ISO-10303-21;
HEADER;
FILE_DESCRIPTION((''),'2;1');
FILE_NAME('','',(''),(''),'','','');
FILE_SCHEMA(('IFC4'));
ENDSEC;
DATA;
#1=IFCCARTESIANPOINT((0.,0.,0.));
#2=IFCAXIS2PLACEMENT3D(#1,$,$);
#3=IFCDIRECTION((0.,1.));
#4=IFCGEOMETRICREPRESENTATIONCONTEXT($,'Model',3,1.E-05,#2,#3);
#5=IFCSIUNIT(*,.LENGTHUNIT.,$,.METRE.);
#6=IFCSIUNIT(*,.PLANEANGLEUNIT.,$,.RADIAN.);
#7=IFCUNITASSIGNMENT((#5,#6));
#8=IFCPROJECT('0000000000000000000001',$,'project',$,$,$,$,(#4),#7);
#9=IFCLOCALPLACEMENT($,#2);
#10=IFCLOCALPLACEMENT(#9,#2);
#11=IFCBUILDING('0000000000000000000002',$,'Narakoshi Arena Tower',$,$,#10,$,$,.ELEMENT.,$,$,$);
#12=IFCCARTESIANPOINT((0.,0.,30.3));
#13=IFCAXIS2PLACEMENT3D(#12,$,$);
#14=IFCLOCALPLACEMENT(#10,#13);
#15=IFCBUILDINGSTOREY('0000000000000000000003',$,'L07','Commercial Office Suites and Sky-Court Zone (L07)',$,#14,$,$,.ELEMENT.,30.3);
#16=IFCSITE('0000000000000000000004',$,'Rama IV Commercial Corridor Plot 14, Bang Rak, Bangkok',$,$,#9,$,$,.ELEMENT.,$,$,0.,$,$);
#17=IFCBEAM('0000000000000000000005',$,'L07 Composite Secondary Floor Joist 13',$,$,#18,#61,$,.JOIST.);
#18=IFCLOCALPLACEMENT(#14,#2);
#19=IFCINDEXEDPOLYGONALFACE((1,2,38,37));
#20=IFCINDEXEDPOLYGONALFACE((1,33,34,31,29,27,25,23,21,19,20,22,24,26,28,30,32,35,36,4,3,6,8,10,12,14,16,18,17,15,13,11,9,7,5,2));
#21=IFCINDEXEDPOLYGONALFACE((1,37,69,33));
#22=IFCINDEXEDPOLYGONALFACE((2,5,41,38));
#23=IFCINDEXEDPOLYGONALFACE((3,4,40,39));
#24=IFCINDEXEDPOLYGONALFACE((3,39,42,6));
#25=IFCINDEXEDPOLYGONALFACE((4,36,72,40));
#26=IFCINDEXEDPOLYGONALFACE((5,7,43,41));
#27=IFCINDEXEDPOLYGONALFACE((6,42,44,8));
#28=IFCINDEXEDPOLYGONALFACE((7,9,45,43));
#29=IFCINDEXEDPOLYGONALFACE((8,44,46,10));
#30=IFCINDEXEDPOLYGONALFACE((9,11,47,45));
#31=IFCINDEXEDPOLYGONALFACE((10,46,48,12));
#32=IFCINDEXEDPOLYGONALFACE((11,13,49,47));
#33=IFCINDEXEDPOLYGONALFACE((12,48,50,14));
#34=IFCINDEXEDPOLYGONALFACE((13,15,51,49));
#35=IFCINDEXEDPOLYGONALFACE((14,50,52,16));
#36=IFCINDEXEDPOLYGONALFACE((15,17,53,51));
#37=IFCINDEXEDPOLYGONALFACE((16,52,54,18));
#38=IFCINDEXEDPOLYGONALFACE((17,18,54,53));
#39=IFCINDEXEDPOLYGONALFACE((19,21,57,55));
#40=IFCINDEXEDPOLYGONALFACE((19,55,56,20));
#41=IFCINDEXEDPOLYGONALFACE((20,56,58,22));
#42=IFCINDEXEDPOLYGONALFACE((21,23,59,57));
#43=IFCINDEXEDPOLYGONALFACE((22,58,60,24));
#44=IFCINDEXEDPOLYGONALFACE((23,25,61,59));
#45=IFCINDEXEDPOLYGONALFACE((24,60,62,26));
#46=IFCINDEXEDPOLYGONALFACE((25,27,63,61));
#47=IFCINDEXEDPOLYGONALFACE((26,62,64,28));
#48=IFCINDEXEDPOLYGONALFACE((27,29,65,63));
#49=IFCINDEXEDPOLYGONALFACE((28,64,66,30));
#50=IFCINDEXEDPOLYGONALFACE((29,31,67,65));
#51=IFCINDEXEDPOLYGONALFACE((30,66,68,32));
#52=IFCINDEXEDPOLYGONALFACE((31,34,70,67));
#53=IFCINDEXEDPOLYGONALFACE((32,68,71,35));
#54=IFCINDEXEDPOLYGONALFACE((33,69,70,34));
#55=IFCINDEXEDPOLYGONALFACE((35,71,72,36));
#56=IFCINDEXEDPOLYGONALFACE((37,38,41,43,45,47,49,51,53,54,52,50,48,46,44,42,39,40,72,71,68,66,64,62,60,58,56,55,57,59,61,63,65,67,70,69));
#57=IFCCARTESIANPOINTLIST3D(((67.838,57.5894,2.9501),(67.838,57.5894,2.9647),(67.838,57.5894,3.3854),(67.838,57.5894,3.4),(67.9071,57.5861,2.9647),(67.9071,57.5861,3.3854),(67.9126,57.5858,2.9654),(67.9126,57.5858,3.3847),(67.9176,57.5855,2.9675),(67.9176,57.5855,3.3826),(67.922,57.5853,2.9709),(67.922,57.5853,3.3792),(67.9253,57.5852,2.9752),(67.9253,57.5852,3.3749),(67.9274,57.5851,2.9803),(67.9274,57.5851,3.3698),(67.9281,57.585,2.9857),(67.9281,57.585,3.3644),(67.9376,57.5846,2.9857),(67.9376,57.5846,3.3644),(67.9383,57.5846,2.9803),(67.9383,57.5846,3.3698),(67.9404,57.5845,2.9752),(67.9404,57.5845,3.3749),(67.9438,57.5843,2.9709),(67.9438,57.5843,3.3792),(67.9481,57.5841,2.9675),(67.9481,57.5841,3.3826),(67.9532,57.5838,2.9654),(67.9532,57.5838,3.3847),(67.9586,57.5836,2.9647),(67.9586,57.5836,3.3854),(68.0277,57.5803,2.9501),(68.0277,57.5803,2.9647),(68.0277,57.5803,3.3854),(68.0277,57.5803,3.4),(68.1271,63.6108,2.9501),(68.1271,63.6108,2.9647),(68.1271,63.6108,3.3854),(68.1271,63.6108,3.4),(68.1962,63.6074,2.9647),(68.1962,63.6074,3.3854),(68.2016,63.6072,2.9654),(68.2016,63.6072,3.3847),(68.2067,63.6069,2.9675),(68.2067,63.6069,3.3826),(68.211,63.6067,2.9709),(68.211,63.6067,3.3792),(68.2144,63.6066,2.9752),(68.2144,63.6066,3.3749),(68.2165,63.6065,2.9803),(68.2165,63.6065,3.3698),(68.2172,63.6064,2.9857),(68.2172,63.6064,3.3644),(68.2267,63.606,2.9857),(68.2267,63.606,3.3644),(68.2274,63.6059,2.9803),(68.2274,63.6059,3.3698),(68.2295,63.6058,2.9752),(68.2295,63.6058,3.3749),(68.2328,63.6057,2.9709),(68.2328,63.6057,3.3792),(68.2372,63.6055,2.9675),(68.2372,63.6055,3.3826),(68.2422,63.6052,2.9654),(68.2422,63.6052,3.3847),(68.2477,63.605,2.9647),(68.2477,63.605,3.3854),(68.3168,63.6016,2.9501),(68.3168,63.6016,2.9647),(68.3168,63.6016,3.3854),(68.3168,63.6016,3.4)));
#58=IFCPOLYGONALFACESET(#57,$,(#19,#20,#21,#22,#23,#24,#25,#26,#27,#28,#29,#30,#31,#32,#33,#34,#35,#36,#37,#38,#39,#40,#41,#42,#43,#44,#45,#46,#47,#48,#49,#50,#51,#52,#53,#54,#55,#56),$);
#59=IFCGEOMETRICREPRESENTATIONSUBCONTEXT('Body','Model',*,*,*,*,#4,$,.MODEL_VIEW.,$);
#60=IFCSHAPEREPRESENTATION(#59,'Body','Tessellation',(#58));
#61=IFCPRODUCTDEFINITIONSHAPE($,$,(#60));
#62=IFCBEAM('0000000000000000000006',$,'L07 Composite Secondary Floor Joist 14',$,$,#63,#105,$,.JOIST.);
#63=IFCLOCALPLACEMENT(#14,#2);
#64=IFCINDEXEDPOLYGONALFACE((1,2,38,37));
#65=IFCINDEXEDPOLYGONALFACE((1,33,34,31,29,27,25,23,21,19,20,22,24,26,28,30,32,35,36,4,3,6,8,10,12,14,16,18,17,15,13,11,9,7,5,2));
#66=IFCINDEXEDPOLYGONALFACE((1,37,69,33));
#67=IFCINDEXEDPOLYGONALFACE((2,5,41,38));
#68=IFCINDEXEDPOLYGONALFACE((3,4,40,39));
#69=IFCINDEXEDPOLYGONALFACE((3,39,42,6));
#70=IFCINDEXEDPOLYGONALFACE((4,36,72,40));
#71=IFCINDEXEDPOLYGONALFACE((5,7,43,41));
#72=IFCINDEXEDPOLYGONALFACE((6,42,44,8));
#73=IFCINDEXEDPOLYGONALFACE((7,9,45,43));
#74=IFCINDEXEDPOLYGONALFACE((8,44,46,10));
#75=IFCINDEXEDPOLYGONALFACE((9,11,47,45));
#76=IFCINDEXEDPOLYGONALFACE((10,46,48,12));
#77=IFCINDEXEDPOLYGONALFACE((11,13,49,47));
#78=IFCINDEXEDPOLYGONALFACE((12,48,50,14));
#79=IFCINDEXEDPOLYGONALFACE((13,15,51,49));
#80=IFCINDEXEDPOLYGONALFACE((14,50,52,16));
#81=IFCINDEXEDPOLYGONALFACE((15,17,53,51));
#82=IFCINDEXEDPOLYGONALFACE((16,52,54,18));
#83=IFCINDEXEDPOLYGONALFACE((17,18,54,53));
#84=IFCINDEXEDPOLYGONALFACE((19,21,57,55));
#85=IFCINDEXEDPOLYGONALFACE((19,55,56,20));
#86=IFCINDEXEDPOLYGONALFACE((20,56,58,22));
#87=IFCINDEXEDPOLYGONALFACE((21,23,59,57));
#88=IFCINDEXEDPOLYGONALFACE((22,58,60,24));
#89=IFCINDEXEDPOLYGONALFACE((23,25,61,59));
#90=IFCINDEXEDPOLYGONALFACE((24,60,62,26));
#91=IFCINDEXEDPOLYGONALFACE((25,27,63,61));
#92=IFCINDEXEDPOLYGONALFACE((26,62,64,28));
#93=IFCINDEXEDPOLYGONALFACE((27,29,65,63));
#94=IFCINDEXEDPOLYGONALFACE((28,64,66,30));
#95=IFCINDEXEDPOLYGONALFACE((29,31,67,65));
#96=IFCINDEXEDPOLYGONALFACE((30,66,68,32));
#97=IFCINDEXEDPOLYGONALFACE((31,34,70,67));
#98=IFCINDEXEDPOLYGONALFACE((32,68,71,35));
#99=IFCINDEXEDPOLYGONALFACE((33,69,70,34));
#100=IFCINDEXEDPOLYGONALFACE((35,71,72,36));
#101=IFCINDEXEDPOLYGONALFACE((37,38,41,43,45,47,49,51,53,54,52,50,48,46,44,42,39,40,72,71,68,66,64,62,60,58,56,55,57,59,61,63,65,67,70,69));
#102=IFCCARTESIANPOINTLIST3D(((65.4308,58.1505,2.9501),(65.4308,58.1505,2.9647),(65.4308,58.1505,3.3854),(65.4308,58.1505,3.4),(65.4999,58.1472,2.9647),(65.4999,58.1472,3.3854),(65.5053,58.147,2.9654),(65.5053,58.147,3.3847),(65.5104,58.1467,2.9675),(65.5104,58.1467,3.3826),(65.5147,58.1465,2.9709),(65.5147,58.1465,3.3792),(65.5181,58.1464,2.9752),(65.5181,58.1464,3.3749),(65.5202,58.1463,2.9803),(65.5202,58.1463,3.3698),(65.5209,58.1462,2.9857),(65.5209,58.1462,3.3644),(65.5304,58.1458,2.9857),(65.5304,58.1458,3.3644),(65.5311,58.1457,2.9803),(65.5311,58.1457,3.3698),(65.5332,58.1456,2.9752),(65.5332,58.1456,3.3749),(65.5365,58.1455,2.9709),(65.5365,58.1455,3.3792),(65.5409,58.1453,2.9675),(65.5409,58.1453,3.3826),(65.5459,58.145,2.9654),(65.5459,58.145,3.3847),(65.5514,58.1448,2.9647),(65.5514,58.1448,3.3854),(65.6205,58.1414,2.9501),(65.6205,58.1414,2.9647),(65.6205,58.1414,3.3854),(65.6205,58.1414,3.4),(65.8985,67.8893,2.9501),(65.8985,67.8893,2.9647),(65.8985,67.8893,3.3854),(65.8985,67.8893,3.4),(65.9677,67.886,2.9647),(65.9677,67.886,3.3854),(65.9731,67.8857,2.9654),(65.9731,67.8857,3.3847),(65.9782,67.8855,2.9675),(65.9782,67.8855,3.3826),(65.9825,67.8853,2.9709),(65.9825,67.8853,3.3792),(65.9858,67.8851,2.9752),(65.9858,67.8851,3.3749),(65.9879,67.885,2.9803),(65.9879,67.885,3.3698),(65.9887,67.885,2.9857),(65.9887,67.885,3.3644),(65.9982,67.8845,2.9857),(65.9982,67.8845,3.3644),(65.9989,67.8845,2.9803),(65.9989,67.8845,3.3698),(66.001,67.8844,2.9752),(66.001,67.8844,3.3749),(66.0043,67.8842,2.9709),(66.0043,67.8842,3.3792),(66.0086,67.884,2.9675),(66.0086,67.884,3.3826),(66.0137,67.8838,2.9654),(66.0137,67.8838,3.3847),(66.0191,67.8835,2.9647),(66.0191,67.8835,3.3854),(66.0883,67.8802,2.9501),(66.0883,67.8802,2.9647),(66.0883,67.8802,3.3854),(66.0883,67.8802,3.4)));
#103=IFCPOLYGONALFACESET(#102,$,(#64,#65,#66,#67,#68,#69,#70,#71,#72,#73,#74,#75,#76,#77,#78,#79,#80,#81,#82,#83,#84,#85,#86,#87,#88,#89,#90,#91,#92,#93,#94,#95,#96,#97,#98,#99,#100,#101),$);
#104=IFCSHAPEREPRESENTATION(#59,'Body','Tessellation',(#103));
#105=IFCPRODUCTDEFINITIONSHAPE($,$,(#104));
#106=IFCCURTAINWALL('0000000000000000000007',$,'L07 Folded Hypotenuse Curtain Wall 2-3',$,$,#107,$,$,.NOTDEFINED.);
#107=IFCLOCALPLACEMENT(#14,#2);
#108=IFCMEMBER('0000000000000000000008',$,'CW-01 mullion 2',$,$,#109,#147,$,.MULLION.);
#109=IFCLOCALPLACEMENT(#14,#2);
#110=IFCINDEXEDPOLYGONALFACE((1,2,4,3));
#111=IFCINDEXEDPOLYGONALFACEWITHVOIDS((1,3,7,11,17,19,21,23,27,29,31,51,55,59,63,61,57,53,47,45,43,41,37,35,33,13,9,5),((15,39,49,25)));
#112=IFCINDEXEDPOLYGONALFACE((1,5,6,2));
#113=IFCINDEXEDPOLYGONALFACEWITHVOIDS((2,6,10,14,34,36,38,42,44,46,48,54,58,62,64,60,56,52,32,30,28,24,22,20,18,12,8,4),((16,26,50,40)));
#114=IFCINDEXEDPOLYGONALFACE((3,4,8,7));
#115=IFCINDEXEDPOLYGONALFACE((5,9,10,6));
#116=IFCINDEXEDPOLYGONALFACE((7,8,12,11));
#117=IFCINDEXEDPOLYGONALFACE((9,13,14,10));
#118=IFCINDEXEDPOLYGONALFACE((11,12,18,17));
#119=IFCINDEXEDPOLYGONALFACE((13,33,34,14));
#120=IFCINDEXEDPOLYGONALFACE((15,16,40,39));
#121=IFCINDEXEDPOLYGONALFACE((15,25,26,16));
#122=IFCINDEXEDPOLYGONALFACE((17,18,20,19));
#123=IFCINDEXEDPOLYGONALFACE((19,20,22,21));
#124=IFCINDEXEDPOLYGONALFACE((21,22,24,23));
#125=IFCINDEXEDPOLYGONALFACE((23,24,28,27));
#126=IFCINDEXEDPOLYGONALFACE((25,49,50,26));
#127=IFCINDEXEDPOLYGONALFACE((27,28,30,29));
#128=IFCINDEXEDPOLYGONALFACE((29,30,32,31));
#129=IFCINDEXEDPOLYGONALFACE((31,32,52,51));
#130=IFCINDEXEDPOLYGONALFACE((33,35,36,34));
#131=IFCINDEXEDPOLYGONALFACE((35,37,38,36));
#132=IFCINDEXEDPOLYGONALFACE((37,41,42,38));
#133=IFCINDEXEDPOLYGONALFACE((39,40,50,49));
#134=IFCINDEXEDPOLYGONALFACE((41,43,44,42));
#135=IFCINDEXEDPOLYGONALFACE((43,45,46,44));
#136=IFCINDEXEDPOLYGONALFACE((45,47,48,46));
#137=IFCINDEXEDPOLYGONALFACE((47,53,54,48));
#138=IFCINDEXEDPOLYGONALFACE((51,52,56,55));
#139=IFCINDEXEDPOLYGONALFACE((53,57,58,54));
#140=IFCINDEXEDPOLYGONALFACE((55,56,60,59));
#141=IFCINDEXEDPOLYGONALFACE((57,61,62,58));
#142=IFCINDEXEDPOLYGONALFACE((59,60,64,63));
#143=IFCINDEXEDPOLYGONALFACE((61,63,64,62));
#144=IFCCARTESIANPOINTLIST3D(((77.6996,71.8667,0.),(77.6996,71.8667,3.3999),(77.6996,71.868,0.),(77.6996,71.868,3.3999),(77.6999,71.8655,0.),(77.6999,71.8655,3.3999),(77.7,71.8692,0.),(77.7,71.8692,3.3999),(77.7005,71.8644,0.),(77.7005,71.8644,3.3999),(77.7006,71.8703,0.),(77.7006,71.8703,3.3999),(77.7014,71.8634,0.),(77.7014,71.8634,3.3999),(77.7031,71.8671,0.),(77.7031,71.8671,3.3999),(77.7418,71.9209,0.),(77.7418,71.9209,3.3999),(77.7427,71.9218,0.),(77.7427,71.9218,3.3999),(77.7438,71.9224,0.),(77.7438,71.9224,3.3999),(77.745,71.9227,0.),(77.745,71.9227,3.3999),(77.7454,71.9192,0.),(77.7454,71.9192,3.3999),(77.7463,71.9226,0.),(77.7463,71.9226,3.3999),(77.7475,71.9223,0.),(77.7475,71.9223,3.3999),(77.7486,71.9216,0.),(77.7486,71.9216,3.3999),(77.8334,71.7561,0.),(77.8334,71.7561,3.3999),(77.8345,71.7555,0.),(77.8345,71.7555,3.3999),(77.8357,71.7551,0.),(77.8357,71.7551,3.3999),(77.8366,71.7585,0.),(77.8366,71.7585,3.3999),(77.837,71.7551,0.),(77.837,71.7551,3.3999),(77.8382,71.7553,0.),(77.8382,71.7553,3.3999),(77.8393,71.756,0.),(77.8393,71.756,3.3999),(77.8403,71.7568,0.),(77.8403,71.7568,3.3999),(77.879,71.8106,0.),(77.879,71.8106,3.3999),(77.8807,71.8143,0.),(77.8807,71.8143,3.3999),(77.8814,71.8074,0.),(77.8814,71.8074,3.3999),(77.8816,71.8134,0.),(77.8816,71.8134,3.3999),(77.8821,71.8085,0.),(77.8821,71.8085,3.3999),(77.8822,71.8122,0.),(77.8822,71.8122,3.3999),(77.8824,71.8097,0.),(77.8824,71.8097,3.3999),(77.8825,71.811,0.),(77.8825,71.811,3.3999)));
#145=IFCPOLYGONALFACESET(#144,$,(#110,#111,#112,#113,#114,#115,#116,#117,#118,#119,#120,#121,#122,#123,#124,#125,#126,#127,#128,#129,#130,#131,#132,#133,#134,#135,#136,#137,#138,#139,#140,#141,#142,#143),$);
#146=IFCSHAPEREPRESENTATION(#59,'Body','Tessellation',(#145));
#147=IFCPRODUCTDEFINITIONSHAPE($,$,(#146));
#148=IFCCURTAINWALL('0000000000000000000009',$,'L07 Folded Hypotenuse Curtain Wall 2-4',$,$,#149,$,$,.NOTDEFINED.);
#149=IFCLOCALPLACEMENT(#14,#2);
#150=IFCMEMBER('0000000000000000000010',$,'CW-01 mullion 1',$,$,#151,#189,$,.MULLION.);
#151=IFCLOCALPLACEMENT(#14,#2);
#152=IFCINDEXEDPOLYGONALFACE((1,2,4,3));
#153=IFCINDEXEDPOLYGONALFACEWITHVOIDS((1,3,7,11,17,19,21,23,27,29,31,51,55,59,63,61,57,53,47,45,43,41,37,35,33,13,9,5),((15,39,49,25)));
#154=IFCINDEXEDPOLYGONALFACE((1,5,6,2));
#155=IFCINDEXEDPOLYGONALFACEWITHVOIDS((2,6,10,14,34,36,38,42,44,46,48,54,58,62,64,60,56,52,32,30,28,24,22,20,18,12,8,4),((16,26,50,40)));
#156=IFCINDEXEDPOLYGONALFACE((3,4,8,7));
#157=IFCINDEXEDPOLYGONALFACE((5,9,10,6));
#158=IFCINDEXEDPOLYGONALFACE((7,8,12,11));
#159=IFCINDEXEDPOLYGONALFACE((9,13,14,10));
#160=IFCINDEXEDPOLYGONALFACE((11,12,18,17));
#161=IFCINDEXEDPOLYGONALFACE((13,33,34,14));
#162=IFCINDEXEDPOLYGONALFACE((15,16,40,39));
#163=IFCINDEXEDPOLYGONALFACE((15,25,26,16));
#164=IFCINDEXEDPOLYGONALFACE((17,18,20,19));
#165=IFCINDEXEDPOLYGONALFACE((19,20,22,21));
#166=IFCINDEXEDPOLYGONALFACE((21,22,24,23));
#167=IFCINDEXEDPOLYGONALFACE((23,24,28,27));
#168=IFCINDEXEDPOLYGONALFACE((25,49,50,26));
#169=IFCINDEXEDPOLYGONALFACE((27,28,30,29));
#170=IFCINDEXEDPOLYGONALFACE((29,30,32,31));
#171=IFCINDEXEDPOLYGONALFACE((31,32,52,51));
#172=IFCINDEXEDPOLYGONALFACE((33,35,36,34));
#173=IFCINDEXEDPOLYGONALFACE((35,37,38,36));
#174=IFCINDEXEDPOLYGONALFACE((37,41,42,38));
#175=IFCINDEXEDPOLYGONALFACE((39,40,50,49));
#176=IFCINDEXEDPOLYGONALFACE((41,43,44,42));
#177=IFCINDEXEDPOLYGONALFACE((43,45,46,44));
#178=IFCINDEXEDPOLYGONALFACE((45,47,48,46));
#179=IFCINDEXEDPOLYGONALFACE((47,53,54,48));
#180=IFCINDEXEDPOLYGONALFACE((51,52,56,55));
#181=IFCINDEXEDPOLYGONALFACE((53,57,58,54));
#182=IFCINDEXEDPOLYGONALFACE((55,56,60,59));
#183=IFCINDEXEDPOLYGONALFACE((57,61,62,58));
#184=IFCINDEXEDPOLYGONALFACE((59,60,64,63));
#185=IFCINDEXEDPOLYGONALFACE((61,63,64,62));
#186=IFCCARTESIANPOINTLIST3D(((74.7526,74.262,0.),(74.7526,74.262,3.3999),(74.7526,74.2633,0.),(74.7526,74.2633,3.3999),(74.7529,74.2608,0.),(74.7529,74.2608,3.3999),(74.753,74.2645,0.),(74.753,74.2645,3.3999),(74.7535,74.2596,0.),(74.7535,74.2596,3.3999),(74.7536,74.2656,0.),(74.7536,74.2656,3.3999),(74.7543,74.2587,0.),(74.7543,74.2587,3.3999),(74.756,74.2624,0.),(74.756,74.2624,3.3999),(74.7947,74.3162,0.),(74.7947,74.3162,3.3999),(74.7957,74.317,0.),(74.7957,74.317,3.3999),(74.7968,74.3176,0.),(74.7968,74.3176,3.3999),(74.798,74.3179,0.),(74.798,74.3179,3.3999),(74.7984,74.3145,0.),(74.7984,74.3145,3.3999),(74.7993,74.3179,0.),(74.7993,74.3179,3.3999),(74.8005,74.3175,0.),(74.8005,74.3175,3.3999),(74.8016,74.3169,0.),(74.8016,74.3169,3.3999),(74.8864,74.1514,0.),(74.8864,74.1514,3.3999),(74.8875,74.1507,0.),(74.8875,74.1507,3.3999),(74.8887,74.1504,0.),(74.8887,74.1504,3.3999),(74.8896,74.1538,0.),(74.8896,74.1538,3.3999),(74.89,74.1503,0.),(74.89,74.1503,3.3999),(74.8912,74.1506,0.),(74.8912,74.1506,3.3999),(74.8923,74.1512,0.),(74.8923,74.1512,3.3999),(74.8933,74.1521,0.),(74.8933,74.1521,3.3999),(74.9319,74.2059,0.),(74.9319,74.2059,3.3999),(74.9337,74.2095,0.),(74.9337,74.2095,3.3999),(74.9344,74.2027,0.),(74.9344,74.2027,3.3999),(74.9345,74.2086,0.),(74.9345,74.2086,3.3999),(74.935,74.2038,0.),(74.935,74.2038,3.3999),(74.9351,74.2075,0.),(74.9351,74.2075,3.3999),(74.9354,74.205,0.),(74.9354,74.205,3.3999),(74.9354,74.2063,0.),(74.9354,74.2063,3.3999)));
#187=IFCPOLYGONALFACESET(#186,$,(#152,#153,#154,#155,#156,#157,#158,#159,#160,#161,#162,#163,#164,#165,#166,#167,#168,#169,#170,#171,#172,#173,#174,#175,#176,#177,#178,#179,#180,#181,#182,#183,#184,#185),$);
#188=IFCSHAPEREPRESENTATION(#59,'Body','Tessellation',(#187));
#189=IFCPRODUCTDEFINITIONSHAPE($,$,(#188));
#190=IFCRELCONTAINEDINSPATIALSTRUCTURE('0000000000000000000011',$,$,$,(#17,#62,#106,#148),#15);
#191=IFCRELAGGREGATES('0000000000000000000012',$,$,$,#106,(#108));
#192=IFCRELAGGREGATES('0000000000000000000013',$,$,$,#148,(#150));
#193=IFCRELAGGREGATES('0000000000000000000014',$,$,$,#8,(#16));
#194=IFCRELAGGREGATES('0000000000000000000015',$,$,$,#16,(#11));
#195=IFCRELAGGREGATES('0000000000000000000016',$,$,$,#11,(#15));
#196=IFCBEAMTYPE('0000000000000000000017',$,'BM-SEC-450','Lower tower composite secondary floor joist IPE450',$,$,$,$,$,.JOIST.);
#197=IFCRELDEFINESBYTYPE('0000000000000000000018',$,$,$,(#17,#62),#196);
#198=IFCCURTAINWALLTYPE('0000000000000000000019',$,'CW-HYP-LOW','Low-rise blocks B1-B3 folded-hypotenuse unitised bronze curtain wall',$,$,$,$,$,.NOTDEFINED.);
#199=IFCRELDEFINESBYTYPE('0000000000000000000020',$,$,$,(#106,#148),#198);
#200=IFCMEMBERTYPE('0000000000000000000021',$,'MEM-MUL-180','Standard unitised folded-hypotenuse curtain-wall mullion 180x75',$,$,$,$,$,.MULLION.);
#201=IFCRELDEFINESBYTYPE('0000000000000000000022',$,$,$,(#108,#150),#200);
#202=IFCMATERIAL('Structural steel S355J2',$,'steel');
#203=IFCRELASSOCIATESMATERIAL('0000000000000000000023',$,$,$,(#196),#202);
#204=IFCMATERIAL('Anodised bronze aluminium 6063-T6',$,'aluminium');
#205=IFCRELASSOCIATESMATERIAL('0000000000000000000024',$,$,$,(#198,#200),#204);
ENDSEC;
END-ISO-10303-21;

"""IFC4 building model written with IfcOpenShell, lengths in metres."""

from ifc_helpers import new_model, si_unit, direction, frame, origin, origin_2d, place, context, subcontext, project, spatial, hollow_rectangle, i_section, extrude, material, material_profile, profile_set, type_object, element, aggregate, save


model = new_model("IFC4")

# Units and contexts
model_context = context("Model", 3, precision=1e-05, world=origin(), true_north=direction((0.0, 1.0)))
body_context = subcontext(model_context, "Body", "Model", "MODEL_VIEW")
ifc_project = project(units=[si_unit("LENGTHUNIT", "METRE"), si_unit("PLANEANGLEUNIT", "RADIAN")], contexts=[model_context])

# Site, building, storey
site_placement = place(None, origin())
site = spatial("IfcSite", under=ifc_project, at=site_placement, Name="Rama IV Commercial Corridor Plot 14, Bang Rak, Bangkok", CompositionType="ELEMENT", RefElevation=0.0)
building_placement = place(site_placement, origin())
building = spatial("IfcBuilding", under=site, at=building_placement, Name="Narakoshi Arena Tower", CompositionType="ELEMENT")
storey_placement = place(building_placement, frame((0.0, 0.0, 30.3)))
storey = spatial("IfcBuildingStorey", under=building, at=storey_placement, Name="L07", Description="Commercial Office Suites and Sky-Court Zone (L07)", CompositionType="ELEMENT", Elevation=30.3)

# Beams
ifc_material_1 = material(Name="Structural steel S355J2", Category="steel")
ifc_material_profile_1 = material_profile(ifc_material_1, i_section(OverallWidth=0.1899, OverallDepth=0.45, WebThickness=0.0095, FlangeThickness=0.0146, FilletRadius=0.021, at=origin_2d()), Name="IPE450")
ifc_profile_set_1 = profile_set([ifc_material_profile_1], Name="Structural steel S355J2")
beam_type_1 = type_object("IfcBeamType", Name="BM-SEC-450", Description="Lower tower composite secondary floor joist IPE450", PredefinedType="JOIST", material=ifc_profile_set_1)
beam_1_placement = place(storey_placement, frame((68.2219, 63.6062, 3.175), z_axis=(-0.04795, -0.99885, 0.0), x_axis=(0.99885, -0.04795, 0.0)))
element("IfcBeam", 1, at=beam_1_placement, inside=storey, type_object=beam_type_1, Name="L07 Composite Secondary Floor Joist 13", PredefinedType="JOIST", context=body_context, shape_type="SweptSolid", body=[
    extrude(i_section(OverallWidth=0.1899, OverallDepth=0.45, WebThickness=0.0095, FlangeThickness=0.0146, FilletRadius=0.021, at=origin_2d()), origin(), (0.0, 0.0, 1.0), 6.0283),
])
beam_2_placement = place(storey_placement, frame((65.9934, 67.8848, 3.175), z_axis=(-0.047977, -0.998848, 0.0), x_axis=(0.998848, -0.047977, 0.0)))
element("IfcBeam", 2, at=beam_2_placement, inside=storey, type_object=beam_type_1, Name="L07 Composite Secondary Floor Joist 14", PredefinedType="JOIST", context=body_context, shape_type="SweptSolid", body=[
    extrude(i_section(OverallWidth=0.1899, OverallDepth=0.45, WebThickness=0.0095, FlangeThickness=0.0146, FilletRadius=0.021, at=origin_2d()), origin(), (0.0, 0.0, 1.0), 9.75),
])

# Curtain wall, member
ifc_material_2 = material(Name="Anodised bronze aluminium 6063-T6", Category="aluminium")
curtain_wall_type = type_object("IfcCurtainWallType", Name="CW-HYP-LOW", Description="Low-rise blocks B1-B3 folded-hypotenuse unitised bronze curtain wall", PredefinedType="NOTDEFINED", material=ifc_material_2)
curtain_wall_1_placement = place(storey_placement, origin())
curtain_wall_1 = element("IfcCurtainWall", 3, at=curtain_wall_1_placement, inside=storey, type_object=curtain_wall_type, Name="L07 Folded Hypotenuse Curtain Wall 2-3", PredefinedType="NOTDEFINED")
ifc_material_profile_2 = material_profile(ifc_material_2, hollow_rectangle(XDim=0.075, YDim=0.1799, WallThickness=0.0039, OuterFilletRadius=0.0049, at=origin_2d()), Name="MUL180x75x4")
ifc_profile_set_2 = profile_set([ifc_material_profile_2], Name="Anodised bronze aluminium 6063-T6")
member_type_1 = type_object("IfcMemberType", Name="MEM-MUL-180", Description="Standard unitised folded-hypotenuse curtain-wall mullion 180x75", PredefinedType="MULLION", material=ifc_profile_set_2)
member_1_placement = place(storey_placement, frame((77.791, 71.8389, 0.0), z_axis=(0.0, 0.0, 1.0), x_axis=(-0.630723, -0.776008, 0.0)))
member_1 = element("IfcMember", 4, at=member_1_placement, type_object=member_type_1, Name="CW-01 mullion 2", PredefinedType="MULLION", context=body_context, shape_type="SweptSolid", body=[
    extrude(hollow_rectangle(XDim=0.075, YDim=0.1799, WallThickness=0.0039, OuterFilletRadius=0.0049, at=origin_2d()), origin(), (0.0, 0.0, 1.0), 3.3999),
])

# Curtain wall, member
curtain_wall_2_placement = place(storey_placement, origin())
curtain_wall_2 = element("IfcCurtainWall", 5, at=curtain_wall_2_placement, inside=storey, type_object=curtain_wall_type, Name="L07 Folded Hypotenuse Curtain Wall 2-4", PredefinedType="NOTDEFINED")
member_2_placement = place(storey_placement, frame((74.844, 74.2341, 0.0), z_axis=(0.0, 0.0, 1.0), x_axis=(-0.630734, -0.775999, 0.0)))
member_2 = element("IfcMember", 6, at=member_2_placement, type_object=member_type_1, Name="CW-01 mullion 1", PredefinedType="MULLION", context=body_context, shape_type="SweptSolid", body=[
    extrude(hollow_rectangle(XDim=0.075, YDim=0.1799, WallThickness=0.0039, OuterFilletRadius=0.0049, at=origin_2d()), origin(), (0.0, 0.0, 1.0), 3.3999),
])

aggregate(curtain_wall_1, [member_1])
aggregate(curtain_wall_2, [member_2])

save(model, "model.ifc")
